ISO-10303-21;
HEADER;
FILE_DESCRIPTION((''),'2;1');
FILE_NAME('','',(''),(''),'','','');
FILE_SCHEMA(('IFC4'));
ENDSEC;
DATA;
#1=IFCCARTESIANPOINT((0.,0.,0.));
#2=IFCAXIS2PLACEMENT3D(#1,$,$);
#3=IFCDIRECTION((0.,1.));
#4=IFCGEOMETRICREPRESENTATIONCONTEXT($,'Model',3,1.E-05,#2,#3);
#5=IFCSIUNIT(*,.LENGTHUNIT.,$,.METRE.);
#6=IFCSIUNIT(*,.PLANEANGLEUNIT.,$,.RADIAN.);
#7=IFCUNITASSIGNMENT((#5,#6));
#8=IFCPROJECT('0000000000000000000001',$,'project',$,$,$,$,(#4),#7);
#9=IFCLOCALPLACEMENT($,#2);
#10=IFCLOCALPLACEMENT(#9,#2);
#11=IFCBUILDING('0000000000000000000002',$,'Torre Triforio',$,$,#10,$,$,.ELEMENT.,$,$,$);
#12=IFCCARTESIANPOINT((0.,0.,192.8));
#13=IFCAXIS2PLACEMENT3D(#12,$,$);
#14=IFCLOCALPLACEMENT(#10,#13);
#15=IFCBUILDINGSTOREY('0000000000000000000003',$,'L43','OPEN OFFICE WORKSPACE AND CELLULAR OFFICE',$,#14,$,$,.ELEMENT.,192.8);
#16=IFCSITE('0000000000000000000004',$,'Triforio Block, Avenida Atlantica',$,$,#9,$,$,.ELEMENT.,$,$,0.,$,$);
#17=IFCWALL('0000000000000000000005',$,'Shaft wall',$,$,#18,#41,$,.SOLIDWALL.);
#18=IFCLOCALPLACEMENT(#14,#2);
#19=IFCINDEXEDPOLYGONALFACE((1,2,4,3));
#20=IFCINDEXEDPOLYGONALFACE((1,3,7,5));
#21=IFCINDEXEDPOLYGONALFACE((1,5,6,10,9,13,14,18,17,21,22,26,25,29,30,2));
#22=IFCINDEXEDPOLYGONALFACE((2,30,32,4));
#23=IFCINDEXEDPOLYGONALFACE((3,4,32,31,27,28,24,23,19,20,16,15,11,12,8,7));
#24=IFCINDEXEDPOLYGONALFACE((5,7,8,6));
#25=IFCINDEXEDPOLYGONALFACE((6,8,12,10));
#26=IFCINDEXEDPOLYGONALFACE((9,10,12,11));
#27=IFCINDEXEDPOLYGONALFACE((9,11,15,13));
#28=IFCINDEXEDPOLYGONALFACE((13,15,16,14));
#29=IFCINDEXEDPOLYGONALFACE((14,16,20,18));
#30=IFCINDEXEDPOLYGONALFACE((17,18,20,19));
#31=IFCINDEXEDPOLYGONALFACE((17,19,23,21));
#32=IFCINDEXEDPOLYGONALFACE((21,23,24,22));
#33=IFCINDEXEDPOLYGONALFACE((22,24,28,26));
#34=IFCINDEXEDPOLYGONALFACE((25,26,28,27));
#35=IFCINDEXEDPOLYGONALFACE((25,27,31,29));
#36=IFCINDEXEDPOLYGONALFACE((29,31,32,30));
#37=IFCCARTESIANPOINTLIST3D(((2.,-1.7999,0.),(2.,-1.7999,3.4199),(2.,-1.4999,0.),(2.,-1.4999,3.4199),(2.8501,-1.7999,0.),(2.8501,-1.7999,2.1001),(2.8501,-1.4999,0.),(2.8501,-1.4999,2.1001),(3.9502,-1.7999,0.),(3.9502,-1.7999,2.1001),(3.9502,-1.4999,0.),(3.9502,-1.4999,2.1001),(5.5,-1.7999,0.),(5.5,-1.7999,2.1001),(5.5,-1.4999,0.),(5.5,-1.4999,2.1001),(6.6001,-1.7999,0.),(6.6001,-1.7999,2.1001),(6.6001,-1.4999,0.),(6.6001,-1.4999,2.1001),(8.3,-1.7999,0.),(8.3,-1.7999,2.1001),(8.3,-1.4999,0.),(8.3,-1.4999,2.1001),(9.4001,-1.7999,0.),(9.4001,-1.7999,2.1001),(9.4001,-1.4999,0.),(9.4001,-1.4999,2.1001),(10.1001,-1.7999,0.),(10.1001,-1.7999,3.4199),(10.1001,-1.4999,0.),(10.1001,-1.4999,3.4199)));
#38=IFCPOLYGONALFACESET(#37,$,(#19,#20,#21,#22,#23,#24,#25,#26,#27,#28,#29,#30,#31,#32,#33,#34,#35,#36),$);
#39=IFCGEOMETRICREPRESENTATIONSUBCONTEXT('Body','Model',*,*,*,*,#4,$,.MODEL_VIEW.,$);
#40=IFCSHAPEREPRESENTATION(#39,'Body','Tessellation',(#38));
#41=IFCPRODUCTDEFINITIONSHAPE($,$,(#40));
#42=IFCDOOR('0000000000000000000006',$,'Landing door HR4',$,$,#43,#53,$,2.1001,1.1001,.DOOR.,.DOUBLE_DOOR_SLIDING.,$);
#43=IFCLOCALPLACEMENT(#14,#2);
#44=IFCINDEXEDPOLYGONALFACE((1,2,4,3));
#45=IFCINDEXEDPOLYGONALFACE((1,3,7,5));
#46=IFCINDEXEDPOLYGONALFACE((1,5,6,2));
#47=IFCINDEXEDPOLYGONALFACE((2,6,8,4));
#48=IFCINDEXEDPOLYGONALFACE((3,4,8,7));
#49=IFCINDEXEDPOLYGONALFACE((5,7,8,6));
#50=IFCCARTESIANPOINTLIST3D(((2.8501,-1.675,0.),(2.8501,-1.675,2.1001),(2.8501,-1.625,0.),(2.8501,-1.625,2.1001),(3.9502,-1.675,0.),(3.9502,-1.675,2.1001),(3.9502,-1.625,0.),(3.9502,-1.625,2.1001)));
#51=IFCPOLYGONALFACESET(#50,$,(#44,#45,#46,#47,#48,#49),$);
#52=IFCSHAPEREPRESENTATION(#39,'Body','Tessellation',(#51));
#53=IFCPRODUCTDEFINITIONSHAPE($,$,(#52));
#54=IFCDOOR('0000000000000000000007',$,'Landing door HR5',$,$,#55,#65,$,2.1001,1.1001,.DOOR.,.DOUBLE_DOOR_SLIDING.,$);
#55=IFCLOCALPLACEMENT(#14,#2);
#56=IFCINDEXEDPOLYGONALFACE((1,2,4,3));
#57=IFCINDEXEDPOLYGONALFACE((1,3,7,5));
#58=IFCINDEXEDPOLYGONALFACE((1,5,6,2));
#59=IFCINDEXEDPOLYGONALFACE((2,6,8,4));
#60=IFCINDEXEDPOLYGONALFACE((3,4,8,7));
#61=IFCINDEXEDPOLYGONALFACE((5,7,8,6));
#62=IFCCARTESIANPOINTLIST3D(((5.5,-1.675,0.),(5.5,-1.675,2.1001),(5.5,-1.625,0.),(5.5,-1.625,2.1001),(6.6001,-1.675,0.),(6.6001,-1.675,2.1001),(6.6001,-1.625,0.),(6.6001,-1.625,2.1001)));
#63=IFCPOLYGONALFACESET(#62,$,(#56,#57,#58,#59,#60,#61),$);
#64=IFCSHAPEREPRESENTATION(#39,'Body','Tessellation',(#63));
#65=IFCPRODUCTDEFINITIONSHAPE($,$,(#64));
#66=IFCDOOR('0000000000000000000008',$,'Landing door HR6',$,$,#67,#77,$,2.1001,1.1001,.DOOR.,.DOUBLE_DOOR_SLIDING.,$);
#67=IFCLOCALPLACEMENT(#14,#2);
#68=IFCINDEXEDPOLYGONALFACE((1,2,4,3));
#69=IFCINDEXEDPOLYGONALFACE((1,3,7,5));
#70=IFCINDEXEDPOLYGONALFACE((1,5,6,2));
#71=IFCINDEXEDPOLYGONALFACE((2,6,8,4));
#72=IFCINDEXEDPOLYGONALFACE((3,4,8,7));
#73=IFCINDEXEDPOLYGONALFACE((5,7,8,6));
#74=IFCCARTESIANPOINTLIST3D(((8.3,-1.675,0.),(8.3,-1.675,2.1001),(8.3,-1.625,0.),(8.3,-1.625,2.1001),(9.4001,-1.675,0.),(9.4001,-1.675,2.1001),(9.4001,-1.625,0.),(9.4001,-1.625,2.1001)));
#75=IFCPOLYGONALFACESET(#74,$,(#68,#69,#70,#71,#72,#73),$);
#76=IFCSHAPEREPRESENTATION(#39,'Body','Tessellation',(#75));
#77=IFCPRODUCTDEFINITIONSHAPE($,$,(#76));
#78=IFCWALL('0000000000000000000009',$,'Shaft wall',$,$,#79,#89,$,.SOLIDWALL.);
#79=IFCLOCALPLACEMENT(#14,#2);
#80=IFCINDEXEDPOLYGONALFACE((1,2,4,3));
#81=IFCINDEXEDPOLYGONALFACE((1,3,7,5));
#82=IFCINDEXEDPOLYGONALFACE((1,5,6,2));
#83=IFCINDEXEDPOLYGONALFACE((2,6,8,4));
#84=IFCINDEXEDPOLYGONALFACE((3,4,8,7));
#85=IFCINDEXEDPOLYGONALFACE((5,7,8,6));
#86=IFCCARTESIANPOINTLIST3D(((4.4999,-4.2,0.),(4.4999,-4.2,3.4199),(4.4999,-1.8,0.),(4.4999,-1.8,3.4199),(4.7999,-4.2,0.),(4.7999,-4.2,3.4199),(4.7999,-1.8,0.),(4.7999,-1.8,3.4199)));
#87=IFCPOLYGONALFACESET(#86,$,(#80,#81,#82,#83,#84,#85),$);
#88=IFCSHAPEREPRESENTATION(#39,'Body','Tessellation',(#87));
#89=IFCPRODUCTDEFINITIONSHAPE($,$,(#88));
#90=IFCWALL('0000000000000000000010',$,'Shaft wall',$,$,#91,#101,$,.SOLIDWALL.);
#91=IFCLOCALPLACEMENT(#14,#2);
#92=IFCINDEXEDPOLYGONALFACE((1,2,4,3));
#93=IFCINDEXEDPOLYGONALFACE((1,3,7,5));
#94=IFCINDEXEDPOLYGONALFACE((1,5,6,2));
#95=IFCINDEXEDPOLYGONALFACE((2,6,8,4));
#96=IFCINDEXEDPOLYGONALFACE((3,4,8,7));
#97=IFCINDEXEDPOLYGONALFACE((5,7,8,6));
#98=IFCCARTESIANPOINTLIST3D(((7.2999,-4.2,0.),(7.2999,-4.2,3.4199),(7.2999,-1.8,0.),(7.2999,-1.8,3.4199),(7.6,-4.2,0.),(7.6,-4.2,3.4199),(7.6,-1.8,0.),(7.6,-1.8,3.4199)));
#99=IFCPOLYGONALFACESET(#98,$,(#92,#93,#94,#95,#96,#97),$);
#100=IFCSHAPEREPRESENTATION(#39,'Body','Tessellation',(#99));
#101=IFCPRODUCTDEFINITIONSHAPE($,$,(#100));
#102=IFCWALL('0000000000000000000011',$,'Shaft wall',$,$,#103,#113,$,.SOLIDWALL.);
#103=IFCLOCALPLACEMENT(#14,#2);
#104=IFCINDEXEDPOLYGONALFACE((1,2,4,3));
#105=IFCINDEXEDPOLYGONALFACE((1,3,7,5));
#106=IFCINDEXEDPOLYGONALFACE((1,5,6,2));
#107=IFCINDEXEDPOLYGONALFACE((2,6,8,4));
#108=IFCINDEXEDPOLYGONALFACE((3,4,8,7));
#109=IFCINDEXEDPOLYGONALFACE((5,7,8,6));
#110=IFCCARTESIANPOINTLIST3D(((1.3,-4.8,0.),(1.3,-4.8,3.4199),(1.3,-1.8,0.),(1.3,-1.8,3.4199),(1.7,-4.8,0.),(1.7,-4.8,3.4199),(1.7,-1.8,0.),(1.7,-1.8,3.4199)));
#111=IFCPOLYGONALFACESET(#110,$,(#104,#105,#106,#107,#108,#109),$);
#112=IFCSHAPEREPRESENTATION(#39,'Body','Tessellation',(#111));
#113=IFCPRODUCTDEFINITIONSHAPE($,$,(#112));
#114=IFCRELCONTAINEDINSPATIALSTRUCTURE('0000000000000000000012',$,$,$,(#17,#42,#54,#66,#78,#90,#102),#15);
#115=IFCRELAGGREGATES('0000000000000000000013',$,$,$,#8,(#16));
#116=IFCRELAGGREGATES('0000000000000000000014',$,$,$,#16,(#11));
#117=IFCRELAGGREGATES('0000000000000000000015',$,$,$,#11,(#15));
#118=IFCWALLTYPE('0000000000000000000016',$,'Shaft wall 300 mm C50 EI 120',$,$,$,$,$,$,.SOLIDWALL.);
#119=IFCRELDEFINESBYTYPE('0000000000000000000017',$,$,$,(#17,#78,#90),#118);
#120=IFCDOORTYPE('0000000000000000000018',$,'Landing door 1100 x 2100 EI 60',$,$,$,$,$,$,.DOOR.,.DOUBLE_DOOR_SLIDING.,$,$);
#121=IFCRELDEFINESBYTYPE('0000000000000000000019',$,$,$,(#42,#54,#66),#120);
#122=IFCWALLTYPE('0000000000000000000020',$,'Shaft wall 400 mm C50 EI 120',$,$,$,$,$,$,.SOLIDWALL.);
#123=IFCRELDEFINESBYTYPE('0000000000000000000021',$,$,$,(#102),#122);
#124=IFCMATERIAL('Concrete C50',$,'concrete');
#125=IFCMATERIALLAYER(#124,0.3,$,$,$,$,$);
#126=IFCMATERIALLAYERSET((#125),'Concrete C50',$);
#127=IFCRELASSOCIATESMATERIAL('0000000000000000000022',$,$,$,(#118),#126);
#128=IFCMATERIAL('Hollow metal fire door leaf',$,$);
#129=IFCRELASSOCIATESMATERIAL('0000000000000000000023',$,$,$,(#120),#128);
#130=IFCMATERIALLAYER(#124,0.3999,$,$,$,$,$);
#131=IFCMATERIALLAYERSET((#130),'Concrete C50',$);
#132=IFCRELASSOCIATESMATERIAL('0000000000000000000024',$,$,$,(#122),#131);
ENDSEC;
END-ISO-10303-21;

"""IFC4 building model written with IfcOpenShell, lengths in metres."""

from ifc_helpers import new_model, si_unit, direction, frame, frame_2d, origin, place, context, subcontext, project, spatial, rectangle, extrude, material, layer, layer_set, type_object, element, fill, save


model = new_model("IFC4")

# Units and contexts
model_context = context("Model", 3, precision=1e-05, world=origin(), true_north=direction((0.0, 1.0)))
body_context = subcontext(model_context, "Body", "Model", "MODEL_VIEW")
ifc_project = project(units=[si_unit("LENGTHUNIT", "METRE"), si_unit("PLANEANGLEUNIT", "RADIAN")], contexts=[model_context])

# Site, building, storey
site_placement = place(None, origin())
site = spatial("IfcSite", under=ifc_project, at=site_placement, Name="Triforio Block, Avenida Atlantica", CompositionType="ELEMENT", RefElevation=0.0)
building_placement = place(site_placement, origin())
building = spatial("IfcBuilding", under=site, at=building_placement, Name="Torre Triforio", CompositionType="ELEMENT")
storey_placement = place(building_placement, frame((0.0, 0.0, 192.8)))
storey = spatial("IfcBuildingStorey", under=building, at=storey_placement, Name="L43", Description="OPEN OFFICE WORKSPACE AND CELLULAR OFFICE", CompositionType="ELEMENT", Elevation=192.8)

# Shared definitions
ifc_material_1 = material(Name="Concrete C50", Category="concrete")

# Shared definitions
ifc_material_2 = material(Name="Hollow metal fire door leaf")

# Shared definitions
ifc_layer_1 = layer(ifc_material_1, 0.3)
ifc_layer_set_1 = layer_set([ifc_layer_1], Name="Concrete C50")
wall_type_1 = type_object("IfcWallType", Name="Shaft wall 300 mm C50 EI 120", PredefinedType="SOLIDWALL", material=ifc_layer_set_1)

# Wall, openings, doors
wall_1_placement = place(storey_placement, frame((2.0, -1.6499, 0.0), z_axis=(0.0, 0.0, 1.0), x_axis=(1.0, 0.0, 0.0)))
wall_1 = element("IfcWall", 1, at=wall_1_placement, inside=storey, type_object=wall_type_1, Name="Shaft wall", PredefinedType="SOLIDWALL", context=body_context, shape_type="SweptSolid", body=[
    extrude(rectangle(XDim=8.1001, YDim=0.3, at=frame_2d((4.05, 0.0))), origin(), (0.0, 0.0, 1.0), 3.4199),
])
opening_1_placement = place(wall_1_placement, frame((0.8501, 0.0, 0.0)))
opening_1 = element("IfcOpeningElement", 2, at=opening_1_placement, cuts=wall_1, PredefinedType="OPENING", context=body_context, shape_type="SweptSolid", body=[
    extrude(rectangle(XDim=1.1001, YDim=2.1001, at=frame_2d((0.55, 1.05))), frame((0.0, 0.1599, 0.0), z_axis=(0.0, -1.0, 0.0), x_axis=(1.0, 0.0, 0.0)), (0.0, 0.0, 1.0), 0.3201),
])
opening_2_placement = place(wall_1_placement, frame((3.5, 0.0, 0.0)))
opening_2 = element("IfcOpeningElement", 3, at=opening_2_placement, cuts=wall_1, PredefinedType="OPENING", context=body_context, shape_type="SweptSolid", body=[
    extrude(rectangle(XDim=1.1001, YDim=2.1001, at=frame_2d((0.55, 1.05))), frame((0.0, 0.1599, 0.0), z_axis=(0.0, -1.0, 0.0), x_axis=(1.0, 0.0, 0.0)), (0.0, 0.0, 1.0), 0.3201),
])
opening_3_placement = place(wall_1_placement, frame((6.3, 0.0, 0.0)))
opening_3 = element("IfcOpeningElement", 4, at=opening_3_placement, cuts=wall_1, PredefinedType="OPENING", context=body_context, shape_type="SweptSolid", body=[
    extrude(rectangle(XDim=1.1001, YDim=2.1001, at=frame_2d((0.55, 1.05))), frame((0.0, 0.1599, 0.0), z_axis=(0.0, -1.0, 0.0), x_axis=(1.0, 0.0, 0.0)), (0.0, 0.0, 1.0), 0.3201),
])
door_type_1 = type_object("IfcDoorType", Name="Landing door 1100 x 2100 EI 60", OperationType="DOUBLE_DOOR_SLIDING", PredefinedType="DOOR", material=ifc_material_2)
door_1_placement = place(opening_1_placement, origin())
door_1 = element("IfcDoor", 5, at=door_1_placement, inside=storey, type_object=door_type_1, Name="Landing door HR4", OperationType="DOUBLE_DOOR_SLIDING", OverallHeight=2.1001, OverallWidth=1.1001, PredefinedType="DOOR", context=body_context, shape_type="SweptSolid", body=[
    extrude(rectangle(XDim=1.1001, YDim=2.1001, at=frame_2d((0.55, 1.05))), frame((0.0, 0.0249, 0.0), z_axis=(0.0, -1.0, 0.0), x_axis=(1.0, 0.0, 0.0)), (0.0, 0.0, 1.0), 0.05),
])
fill(opening_1, door_1)
door_2_placement = place(opening_2_placement, origin())
door_2 = element("IfcDoor", 6, at=door_2_placement, inside=storey, type_object=door_type_1, Name="Landing door HR5", OperationType="DOUBLE_DOOR_SLIDING", OverallHeight=2.1001, OverallWidth=1.1001, PredefinedType="DOOR", context=body_context, shape_type="SweptSolid", body=[
    extrude(rectangle(XDim=1.1001, YDim=2.1001, at=frame_2d((0.55, 1.05))), frame((0.0, 0.0249, 0.0), z_axis=(0.0, -1.0, 0.0), x_axis=(1.0, 0.0, 0.0)), (0.0, 0.0, 1.0), 0.05),
])
fill(opening_2, door_2)
door_3_placement = place(opening_3_placement, origin())
door_3 = element("IfcDoor", 7, at=door_3_placement, inside=storey, type_object=door_type_1, Name="Landing door HR6", OperationType="DOUBLE_DOOR_SLIDING", OverallHeight=2.1001, OverallWidth=1.1001, PredefinedType="DOOR", context=body_context, shape_type="SweptSolid", body=[
    extrude(rectangle(XDim=1.1001, YDim=2.1001, at=frame_2d((0.55, 1.05))), frame((0.0, 0.0249, 0.0), z_axis=(0.0, -1.0, 0.0), x_axis=(1.0, 0.0, 0.0)), (0.0, 0.0, 1.0), 0.05),
])
fill(opening_3, door_3)

# Walls
for number, where, z_axis, x_axis, name in (
    (8, (4.6499, -4.2, 0.0), (0.0, 0.0, 1.0), (0.0, 1.0, 0.0), "Shaft wall"),
    (9, (7.45, -4.2, 0.0), (0.0, 0.0, 1.0), (0.0, 1.0, 0.0), "Shaft wall"),
):
    element("IfcWall", number, at=place(storey_placement, frame(where, z_axis=z_axis, x_axis=x_axis)), inside=storey, type_object=wall_type_1, Name=name, PredefinedType="SOLIDWALL", context=body_context, shape_type="SweptSolid", body=[
        extrude(rectangle(XDim=2.3999, YDim=0.3, at=frame_2d((1.2, 0.0))), origin(), (0.0, 0.0, 1.0), 3.4199),
    ])
ifc_layer_2 = layer(ifc_material_1, 0.3999)
ifc_layer_set_2 = layer_set([ifc_layer_2], Name="Concrete C50")
wall_type_2 = type_object("IfcWallType", Name="Shaft wall 400 mm C50 EI 120", PredefinedType="SOLIDWALL", material=ifc_layer_set_2)
wall_2_placement = place(storey_placement, frame((1.5, -4.8, 0.0), z_axis=(0.0, 0.0, 1.0), x_axis=(0.0, 1.0, 0.0)))
element("IfcWall", 10, at=wall_2_placement, inside=storey, type_object=wall_type_2, Name="Shaft wall", PredefinedType="SOLIDWALL", context=body_context, shape_type="SweptSolid", body=[
    extrude(rectangle(XDim=3.0, YDim=0.3999, at=frame_2d((1.5, 0.0))), origin(), (0.0, 0.0, 1.0), 3.4199),
])

save(model, "model.ifc")
